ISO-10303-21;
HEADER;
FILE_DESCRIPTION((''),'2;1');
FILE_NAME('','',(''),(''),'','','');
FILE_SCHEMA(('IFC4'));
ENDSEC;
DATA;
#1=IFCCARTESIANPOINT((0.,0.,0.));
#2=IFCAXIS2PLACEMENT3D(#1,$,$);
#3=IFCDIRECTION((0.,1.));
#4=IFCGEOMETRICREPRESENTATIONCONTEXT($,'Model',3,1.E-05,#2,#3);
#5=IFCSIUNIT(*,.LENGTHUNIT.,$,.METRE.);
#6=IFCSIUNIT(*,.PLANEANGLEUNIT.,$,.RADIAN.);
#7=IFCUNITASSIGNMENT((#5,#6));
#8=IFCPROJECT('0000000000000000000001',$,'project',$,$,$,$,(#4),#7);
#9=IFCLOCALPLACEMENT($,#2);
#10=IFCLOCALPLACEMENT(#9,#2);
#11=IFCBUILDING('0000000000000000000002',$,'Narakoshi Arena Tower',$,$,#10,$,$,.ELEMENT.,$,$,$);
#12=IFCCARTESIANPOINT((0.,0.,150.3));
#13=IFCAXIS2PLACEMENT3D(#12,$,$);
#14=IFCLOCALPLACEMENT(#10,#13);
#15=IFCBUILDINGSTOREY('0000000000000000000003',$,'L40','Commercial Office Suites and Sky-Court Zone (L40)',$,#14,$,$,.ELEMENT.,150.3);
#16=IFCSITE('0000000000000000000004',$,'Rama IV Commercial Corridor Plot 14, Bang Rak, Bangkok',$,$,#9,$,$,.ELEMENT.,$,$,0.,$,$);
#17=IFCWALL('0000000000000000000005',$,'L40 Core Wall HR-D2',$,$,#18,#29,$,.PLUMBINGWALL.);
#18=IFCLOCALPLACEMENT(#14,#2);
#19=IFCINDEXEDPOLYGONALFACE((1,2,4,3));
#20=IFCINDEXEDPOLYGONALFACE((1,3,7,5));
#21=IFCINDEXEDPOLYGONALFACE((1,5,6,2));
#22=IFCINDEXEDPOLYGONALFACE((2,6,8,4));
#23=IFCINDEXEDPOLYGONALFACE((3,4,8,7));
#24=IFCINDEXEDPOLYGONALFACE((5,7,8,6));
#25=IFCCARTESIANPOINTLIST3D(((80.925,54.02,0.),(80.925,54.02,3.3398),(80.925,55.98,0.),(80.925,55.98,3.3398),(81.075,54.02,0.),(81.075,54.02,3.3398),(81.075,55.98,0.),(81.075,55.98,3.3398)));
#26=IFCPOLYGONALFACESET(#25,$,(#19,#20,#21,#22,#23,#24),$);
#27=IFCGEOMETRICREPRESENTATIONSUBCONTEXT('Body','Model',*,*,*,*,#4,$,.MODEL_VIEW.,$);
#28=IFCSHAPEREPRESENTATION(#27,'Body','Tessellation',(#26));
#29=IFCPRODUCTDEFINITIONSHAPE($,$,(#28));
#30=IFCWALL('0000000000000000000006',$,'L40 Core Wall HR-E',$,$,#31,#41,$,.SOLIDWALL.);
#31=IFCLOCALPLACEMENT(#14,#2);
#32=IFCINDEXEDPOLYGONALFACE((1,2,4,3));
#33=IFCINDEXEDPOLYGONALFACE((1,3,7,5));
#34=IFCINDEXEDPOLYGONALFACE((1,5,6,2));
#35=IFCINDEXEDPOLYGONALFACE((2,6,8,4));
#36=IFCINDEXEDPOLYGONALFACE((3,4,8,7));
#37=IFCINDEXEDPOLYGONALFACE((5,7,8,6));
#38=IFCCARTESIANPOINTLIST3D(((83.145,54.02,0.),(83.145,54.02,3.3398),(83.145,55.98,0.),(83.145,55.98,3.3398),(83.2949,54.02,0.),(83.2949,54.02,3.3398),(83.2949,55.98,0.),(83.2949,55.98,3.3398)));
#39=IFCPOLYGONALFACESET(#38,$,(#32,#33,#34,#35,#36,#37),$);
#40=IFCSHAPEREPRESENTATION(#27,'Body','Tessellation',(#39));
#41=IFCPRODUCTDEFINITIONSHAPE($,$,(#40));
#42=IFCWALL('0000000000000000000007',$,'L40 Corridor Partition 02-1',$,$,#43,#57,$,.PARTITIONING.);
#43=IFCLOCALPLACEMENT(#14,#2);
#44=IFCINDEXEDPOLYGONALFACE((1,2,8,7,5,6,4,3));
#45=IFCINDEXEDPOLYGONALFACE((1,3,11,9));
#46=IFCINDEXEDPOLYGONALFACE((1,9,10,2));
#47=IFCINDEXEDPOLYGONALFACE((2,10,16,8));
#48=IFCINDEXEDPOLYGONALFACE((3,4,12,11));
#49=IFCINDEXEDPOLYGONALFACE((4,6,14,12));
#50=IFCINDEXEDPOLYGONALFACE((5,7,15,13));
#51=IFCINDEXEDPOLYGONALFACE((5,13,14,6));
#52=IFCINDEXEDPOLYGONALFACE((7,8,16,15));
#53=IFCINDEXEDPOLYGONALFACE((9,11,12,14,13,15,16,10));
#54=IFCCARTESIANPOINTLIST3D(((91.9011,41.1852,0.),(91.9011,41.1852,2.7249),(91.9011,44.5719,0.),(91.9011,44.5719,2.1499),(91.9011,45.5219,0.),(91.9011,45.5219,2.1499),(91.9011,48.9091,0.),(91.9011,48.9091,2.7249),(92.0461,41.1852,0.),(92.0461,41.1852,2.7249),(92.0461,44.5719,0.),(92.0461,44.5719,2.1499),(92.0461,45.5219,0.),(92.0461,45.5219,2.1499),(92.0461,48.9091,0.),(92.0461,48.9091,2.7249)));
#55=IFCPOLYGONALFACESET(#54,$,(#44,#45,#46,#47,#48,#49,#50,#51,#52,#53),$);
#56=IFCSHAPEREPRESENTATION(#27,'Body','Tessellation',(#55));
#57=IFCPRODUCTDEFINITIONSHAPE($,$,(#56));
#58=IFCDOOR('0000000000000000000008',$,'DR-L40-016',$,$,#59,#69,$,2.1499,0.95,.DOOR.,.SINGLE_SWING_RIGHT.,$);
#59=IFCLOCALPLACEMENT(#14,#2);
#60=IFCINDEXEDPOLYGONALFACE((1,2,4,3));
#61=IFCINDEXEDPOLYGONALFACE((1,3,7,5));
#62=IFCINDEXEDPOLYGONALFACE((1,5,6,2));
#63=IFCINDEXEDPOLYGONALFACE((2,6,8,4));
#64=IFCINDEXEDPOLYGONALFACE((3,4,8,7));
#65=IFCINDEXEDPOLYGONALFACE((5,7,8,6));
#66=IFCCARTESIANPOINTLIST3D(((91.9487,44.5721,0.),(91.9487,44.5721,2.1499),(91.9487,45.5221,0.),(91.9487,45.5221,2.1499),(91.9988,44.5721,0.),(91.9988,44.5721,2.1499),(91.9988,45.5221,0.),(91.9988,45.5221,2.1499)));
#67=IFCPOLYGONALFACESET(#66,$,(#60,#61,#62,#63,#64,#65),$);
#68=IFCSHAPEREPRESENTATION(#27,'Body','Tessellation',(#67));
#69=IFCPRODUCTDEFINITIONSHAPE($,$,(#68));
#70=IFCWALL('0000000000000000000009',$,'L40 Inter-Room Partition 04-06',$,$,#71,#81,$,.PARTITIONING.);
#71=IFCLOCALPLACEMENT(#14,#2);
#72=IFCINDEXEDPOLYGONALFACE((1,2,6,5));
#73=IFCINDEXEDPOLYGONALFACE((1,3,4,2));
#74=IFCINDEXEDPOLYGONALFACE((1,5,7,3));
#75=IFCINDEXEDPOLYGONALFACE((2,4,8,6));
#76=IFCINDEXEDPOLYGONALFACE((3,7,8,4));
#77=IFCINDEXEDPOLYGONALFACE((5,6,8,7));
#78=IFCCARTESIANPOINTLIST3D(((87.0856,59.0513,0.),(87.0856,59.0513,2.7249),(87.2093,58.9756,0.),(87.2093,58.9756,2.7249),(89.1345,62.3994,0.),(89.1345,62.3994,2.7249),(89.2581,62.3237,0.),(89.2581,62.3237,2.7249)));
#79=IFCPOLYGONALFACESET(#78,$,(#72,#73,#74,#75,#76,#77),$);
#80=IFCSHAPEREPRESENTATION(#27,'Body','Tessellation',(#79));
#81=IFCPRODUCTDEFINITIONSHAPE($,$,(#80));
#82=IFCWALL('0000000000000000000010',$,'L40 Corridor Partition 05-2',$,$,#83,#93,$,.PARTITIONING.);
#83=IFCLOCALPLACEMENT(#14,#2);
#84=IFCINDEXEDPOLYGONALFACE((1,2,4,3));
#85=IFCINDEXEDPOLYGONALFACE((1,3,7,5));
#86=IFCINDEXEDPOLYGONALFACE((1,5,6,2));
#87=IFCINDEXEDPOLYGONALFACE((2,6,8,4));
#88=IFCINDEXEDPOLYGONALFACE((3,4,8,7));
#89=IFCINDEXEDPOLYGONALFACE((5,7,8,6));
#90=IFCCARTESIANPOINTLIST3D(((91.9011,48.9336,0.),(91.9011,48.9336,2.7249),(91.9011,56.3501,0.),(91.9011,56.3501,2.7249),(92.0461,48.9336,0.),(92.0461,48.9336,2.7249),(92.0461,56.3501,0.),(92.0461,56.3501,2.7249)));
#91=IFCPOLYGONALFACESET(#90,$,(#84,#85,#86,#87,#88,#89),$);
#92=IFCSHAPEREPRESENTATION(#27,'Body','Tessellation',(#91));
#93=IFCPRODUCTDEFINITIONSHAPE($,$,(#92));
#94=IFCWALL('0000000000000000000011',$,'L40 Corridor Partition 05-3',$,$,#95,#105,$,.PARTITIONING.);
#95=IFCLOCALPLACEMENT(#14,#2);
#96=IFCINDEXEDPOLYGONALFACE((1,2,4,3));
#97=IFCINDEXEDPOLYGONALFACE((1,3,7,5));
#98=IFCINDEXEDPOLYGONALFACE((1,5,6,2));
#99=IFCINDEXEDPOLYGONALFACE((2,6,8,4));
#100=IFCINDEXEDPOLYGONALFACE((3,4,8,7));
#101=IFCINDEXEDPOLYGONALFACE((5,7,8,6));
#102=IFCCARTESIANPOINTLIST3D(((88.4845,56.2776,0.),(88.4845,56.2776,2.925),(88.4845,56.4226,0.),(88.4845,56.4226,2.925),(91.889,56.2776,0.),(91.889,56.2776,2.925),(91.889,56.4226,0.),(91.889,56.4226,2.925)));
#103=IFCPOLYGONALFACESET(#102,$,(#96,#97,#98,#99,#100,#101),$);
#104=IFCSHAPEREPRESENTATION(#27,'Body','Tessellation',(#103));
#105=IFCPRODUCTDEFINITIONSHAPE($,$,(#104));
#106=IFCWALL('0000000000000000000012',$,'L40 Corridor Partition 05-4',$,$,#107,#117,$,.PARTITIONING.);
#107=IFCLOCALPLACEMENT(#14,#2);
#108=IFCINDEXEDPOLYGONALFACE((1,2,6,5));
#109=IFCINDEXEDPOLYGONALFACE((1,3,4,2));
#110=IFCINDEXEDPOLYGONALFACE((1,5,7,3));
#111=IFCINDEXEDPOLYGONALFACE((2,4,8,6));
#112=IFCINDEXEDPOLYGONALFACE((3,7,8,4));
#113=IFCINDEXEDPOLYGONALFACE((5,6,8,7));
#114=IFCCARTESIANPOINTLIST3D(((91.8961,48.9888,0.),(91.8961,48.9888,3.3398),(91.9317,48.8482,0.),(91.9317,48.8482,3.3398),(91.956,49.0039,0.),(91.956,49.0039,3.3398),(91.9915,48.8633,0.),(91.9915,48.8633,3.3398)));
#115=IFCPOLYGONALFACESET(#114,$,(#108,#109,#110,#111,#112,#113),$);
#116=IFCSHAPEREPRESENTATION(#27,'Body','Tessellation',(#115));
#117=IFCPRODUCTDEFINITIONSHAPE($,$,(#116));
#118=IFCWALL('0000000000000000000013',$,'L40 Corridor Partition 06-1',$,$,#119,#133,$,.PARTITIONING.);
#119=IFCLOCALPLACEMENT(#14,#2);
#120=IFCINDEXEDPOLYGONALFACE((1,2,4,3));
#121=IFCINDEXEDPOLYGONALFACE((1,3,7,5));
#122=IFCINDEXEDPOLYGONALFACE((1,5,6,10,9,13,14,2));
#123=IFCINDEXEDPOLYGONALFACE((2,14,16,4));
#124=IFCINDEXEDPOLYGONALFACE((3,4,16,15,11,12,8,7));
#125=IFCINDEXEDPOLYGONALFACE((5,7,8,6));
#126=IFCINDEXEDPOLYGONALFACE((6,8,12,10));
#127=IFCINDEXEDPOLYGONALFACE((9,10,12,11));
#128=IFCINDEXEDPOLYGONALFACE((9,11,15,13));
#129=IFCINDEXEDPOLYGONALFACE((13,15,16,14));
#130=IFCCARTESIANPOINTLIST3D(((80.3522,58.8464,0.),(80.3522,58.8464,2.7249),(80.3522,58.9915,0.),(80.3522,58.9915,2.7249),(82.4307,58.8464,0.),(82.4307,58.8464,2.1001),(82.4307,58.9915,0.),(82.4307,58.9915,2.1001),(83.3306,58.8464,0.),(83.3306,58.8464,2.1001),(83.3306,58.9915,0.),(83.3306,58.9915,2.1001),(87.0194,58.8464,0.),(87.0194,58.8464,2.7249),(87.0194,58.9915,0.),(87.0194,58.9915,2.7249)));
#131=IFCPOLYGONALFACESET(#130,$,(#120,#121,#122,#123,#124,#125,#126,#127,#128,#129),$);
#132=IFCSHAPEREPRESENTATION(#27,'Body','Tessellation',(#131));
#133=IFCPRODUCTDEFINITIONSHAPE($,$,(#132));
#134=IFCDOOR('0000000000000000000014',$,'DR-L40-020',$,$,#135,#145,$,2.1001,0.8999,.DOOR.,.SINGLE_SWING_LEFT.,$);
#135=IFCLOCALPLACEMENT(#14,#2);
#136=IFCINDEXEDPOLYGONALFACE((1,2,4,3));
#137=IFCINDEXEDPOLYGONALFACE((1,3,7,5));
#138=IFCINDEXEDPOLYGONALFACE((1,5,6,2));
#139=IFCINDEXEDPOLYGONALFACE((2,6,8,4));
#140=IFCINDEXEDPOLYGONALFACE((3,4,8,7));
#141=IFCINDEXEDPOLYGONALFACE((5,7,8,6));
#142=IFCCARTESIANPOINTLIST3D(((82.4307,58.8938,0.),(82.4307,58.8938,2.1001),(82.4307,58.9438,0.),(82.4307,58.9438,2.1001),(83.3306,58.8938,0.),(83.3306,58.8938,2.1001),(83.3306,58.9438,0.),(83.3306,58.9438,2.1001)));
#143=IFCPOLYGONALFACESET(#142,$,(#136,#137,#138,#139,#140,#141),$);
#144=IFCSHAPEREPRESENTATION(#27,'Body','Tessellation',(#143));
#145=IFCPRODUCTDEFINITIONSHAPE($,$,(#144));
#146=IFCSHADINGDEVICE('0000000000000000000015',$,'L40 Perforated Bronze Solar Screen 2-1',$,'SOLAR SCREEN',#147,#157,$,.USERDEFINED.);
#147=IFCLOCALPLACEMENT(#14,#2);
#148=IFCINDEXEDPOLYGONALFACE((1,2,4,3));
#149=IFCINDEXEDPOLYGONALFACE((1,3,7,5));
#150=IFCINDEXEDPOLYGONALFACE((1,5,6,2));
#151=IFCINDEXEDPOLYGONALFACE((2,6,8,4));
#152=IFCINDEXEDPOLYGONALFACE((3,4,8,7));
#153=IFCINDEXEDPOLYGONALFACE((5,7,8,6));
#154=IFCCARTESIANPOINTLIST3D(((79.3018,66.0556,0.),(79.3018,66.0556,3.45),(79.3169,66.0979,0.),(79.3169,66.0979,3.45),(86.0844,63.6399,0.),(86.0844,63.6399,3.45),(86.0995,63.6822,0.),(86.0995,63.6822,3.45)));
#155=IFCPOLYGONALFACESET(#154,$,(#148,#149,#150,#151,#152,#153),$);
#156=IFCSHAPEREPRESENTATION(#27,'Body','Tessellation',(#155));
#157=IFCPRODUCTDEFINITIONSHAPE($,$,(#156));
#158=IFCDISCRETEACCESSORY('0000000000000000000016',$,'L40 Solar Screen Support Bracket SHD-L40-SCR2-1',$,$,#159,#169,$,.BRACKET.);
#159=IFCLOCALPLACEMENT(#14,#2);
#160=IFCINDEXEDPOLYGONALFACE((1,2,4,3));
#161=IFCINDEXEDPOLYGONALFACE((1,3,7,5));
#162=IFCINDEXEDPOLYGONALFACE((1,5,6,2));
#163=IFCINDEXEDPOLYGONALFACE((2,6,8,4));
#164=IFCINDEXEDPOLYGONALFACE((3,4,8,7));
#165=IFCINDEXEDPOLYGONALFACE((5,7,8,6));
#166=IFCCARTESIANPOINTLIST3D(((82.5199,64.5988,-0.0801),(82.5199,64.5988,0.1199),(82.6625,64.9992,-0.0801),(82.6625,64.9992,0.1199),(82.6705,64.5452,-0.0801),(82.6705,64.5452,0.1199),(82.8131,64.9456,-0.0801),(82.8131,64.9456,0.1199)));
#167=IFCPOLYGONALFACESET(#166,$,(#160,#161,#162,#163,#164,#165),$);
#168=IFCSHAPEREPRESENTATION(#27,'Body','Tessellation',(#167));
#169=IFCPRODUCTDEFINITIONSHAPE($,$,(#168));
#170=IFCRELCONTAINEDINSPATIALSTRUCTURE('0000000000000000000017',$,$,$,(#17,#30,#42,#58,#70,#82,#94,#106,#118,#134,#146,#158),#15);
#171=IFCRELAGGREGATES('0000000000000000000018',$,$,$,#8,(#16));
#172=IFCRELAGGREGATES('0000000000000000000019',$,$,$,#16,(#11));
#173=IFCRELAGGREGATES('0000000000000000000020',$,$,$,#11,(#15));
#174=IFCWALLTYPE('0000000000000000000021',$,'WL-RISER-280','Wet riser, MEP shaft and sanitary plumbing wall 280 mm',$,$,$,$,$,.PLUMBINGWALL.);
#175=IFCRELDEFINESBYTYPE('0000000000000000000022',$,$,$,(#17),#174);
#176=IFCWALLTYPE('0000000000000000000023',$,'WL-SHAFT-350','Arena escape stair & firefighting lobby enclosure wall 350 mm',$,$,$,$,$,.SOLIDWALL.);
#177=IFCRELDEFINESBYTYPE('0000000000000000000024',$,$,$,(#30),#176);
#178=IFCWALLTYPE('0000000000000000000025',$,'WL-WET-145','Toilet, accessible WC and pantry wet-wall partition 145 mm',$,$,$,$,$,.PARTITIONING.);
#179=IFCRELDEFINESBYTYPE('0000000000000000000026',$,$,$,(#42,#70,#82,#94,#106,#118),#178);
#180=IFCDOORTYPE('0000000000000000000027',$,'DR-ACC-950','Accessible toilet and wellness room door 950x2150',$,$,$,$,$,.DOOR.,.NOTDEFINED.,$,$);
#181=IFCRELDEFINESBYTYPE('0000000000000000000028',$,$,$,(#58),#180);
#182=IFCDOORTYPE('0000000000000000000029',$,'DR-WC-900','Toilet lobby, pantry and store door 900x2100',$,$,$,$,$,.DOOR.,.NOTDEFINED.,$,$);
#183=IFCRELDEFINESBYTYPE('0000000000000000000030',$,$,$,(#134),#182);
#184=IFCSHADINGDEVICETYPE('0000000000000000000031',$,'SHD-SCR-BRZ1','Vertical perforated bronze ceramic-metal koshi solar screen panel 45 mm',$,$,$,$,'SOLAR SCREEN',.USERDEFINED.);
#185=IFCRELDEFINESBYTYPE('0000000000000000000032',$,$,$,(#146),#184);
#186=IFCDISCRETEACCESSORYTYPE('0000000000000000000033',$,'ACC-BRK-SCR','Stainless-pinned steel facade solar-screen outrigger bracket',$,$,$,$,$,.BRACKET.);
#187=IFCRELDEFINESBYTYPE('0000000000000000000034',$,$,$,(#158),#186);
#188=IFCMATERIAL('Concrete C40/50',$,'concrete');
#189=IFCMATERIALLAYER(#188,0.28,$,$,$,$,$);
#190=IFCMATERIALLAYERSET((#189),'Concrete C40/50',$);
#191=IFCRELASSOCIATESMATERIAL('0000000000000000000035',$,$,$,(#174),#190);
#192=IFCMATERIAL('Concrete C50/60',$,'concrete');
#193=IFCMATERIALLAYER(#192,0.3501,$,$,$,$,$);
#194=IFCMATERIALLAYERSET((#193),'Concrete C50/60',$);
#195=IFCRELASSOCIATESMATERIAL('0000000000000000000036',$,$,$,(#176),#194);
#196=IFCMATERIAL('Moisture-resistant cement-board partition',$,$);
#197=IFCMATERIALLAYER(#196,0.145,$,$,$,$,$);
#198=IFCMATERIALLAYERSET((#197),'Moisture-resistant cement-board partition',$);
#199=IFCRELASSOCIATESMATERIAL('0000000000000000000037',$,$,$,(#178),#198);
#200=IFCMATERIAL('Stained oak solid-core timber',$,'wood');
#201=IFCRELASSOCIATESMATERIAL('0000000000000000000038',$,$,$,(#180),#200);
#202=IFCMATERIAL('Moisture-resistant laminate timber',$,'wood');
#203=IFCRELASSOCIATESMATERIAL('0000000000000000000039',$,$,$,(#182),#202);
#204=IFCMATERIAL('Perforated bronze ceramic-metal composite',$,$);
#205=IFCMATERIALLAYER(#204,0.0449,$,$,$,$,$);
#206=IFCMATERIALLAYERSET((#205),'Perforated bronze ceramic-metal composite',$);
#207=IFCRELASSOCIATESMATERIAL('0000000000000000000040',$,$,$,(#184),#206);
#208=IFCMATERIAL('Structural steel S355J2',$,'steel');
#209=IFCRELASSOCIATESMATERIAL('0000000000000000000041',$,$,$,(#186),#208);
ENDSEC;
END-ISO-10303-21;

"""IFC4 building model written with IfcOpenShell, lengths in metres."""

from ifc_helpers import new_model, si_unit, direction, frame, frame_2d, origin, origin_2d, place, context, subcontext, project, spatial, rectangle, extrude, material, layer, layer_set, type_object, element, fill, save


model = new_model("IFC4")

# Units and contexts
model_context = context("Model", 3, precision=1e-05, world=origin(), true_north=direction((0.0, 1.0)))
body_context = subcontext(model_context, "Body", "Model", "MODEL_VIEW")
ifc_project = project(units=[si_unit("LENGTHUNIT", "METRE"), si_unit("PLANEANGLEUNIT", "RADIAN")], contexts=[model_context])

# Site, building, storey
site_placement = place(None, origin())
site = spatial("IfcSite", under=ifc_project, at=site_placement, Name="Rama IV Commercial Corridor Plot 14, Bang Rak, Bangkok", CompositionType="ELEMENT", RefElevation=0.0)
building_placement = place(site_placement, origin())
building = spatial("IfcBuilding", under=site, at=building_placement, Name="Narakoshi Arena Tower", CompositionType="ELEMENT")
storey_placement = place(building_placement, frame((0.0, 0.0, 150.3)))
storey = spatial("IfcBuildingStorey", under=building, at=storey_placement, Name="L40", Description="Commercial Office Suites and Sky-Court Zone (L40)", CompositionType="ELEMENT", Elevation=150.3)

# Shared definitions
ifc_material_1 = material(Name="Structural steel S355J2", Category="steel")

# Walls
ifc_material_2 = material(Name="Concrete C40/50", Category="concrete")
ifc_layer_1 = layer(ifc_material_2, 0.28)
ifc_layer_set_1 = layer_set([ifc_layer_1], Name="Concrete C40/50")
wall_type_1 = type_object("IfcWallType", Name="WL-RISER-280", Description="Wet riser, MEP shaft and sanitary plumbing wall 280 mm", PredefinedType="PLUMBINGWALL", material=ifc_layer_set_1)
wall_1_placement = place(storey_placement, frame((81.0, 54.02, 0.0), z_axis=(0.0, 0.0, 1.0), x_axis=(0.0, 1.0, 0.0)))
element("IfcWall", 1, at=wall_1_placement, inside=storey, type_object=wall_type_1, Name="L40 Core Wall HR-D2", PredefinedType="PLUMBINGWALL", context=body_context, shape_type="SweptSolid", body=[
    extrude(rectangle(XDim=1.96, YDim=0.1499, at=frame_2d((0.98, 0.0))), origin(), (0.0, 0.0, 1.0), 3.3398),
])
ifc_material_3 = material(Name="Concrete C50/60", Category="concrete")
ifc_layer_2 = layer(ifc_material_3, 0.3501)
ifc_layer_set_2 = layer_set([ifc_layer_2], Name="Concrete C50/60")
wall_type_2 = type_object("IfcWallType", Name="WL-SHAFT-350", Description="Arena escape stair & firefighting lobby enclosure wall 350 mm", PredefinedType="SOLIDWALL", material=ifc_layer_set_2)
wall_2_placement = place(storey_placement, frame((83.22, 54.02, 0.0), z_axis=(0.0, 0.0, 1.0), x_axis=(0.0, 1.0, 0.0)))
element("IfcWall", 2, at=wall_2_placement, inside=storey, type_object=wall_type_2, Name="L40 Core Wall HR-E", PredefinedType="SOLIDWALL", context=body_context, shape_type="SweptSolid", body=[
    extrude(rectangle(XDim=1.96, YDim=0.1499, at=frame_2d((0.98, 0.0))), origin(), (0.0, 0.0, 1.0), 3.3398),
])

# Wall, opening, door
ifc_material_4 = material(Name="Moisture-resistant cement-board partition")
ifc_layer_3 = layer(ifc_material_4, 0.145)
ifc_layer_set_3 = layer_set([ifc_layer_3], Name="Moisture-resistant cement-board partition")
wall_type_3 = type_object("IfcWallType", Name="WL-WET-145", Description="Toilet, accessible WC and pantry wet-wall partition 145 mm", PredefinedType="PARTITIONING", material=ifc_layer_set_3)
wall_3_placement = place(storey_placement, frame((91.9736, 48.9089, 0.0), z_axis=(0.0, 0.0, 1.0), x_axis=(0.0, -1.0, 0.0)))
wall_3 = element("IfcWall", 3, at=wall_3_placement, inside=storey, type_object=wall_type_3, Name="L40 Corridor Partition 02-1", PredefinedType="PARTITIONING", context=body_context, shape_type="SweptSolid", body=[
    extrude(rectangle(XDim=7.7239, YDim=0.145, at=frame_2d((3.8618, 0.0))), origin(), (0.0, 0.0, 1.0), 2.7249),
])
opening_1_placement = place(wall_3_placement, frame((3.387, 0.0, 0.0)))
opening_1 = element("IfcOpeningElement", 4, at=opening_1_placement, cuts=wall_3, PredefinedType="OPENING", context=body_context, shape_type="SweptSolid", body=[
    extrude(rectangle(XDim=0.95, YDim=2.1499, at=frame_2d((0.4751, 1.075))), frame((0.0, 0.0825, 0.0), z_axis=(0.0, -1.0, 0.0), x_axis=(1.0, 0.0, 0.0)), (0.0, 0.0, 1.0), 0.165),
])
ifc_material_5 = material(Name="Stained oak solid-core timber", Category="wood")
door_type_1 = type_object("IfcDoorType", Name="DR-ACC-950", Description="Accessible toilet and wellness room door 950x2150", OperationType="NOTDEFINED", PredefinedType="DOOR", material=ifc_material_5)
door_1_placement = place(opening_1_placement, frame((0.95, 0.0, 0.0), z_axis=(0.0, 0.0, 1.0), x_axis=(-1.0, 0.0, 0.0)))
door_1 = element("IfcDoor", 5, at=door_1_placement, inside=storey, type_object=door_type_1, Name="DR-L40-016", OperationType="SINGLE_SWING_RIGHT", OverallHeight=2.1499, OverallWidth=0.95, PredefinedType="DOOR", context=body_context, shape_type="SweptSolid", body=[
    extrude(rectangle(XDim=0.95, YDim=2.1499, at=frame_2d((0.4751, 1.075))), frame((0.0, 0.0249, 0.0), z_axis=(0.0, -1.0, 0.0), x_axis=(1.0, 0.0, 0.0)), (0.0, 0.0, 1.0), 0.05),
])
fill(opening_1, door_1)

# Walls
wall_4_placement = place(storey_placement, frame((87.1475, 59.0134, 0.0), z_axis=(0.0, 0.0, 1.0), x_axis=(0.521958, 0.852971, 0.0)))
element("IfcWall", 6, at=wall_4_placement, inside=storey, type_object=wall_type_3, Name="L40 Inter-Room Partition 04-06", PredefinedType="PARTITIONING", context=body_context, shape_type="SweptSolid", body=[
    extrude(rectangle(XDim=3.9253, YDim=0.145, at=frame_2d((1.9626, 0.0))), origin(), (0.0, 0.0, 1.0), 2.7249),
])
wall_5_placement = place(storey_placement, frame((91.9736, 56.3501, 0.0), z_axis=(0.0, 0.0, 1.0), x_axis=(0.0, -1.0, 0.0)))
element("IfcWall", 7, at=wall_5_placement, inside=storey, type_object=wall_type_3, Name="L40 Corridor Partition 05-2", PredefinedType="PARTITIONING", context=body_context, shape_type="SweptSolid", body=[
    extrude(rectangle(XDim=7.4165, YDim=0.145, at=frame_2d((3.7083, 0.0))), origin(), (0.0, 0.0, 1.0), 2.7249),
])
wall_6_placement = place(storey_placement, frame((88.4846, 56.3501, 0.0), z_axis=(0.0, 0.0, 1.0), x_axis=(1.0, 0.0, 0.0)))
element("IfcWall", 8, at=wall_6_placement, inside=storey, type_object=wall_type_3, Name="L40 Corridor Partition 05-3", PredefinedType="PARTITIONING", context=body_context, shape_type="SweptSolid", body=[
    extrude(rectangle(XDim=3.4045, YDim=0.145, at=frame_2d((1.7021, 0.0))), origin(), (0.0, 0.0, 1.0), 2.925),
])
wall_7_placement = place(storey_placement, frame((91.9736, 48.9336, 0.0), z_axis=(0.0, 0.0, 1.0), x_axis=(-0.96944, -0.245328, 0.0)))
element("IfcWall", 9, at=wall_7_placement, inside=storey, type_object=wall_type_3, Name="L40 Corridor Partition 05-4", PredefinedType="PARTITIONING", context=body_context, shape_type="SweptSolid", body=[
    extrude(rectangle(XDim=0.0618, YDim=0.145, at=frame_2d((0.0308, 0.0))), origin(), (0.0, 0.0, 1.0), 3.3398),
])

# Wall, opening, door
wall_8_placement = place(storey_placement, frame((87.0193, 58.9189, 0.0), z_axis=(0.0, 0.0, 1.0), x_axis=(-1.0, 0.0, 0.0)))
wall_8 = element("IfcWall", 10, at=wall_8_placement, inside=storey, type_object=wall_type_3, Name="L40 Corridor Partition 06-1", PredefinedType="PARTITIONING", context=body_context, shape_type="SweptSolid", body=[
    extrude(rectangle(XDim=6.6672, YDim=0.145, at=frame_2d((3.3335, 0.0))), origin(), (0.0, 0.0, 1.0), 2.7249),
])
opening_2_placement = place(wall_8_placement, frame((3.6887, 0.0, 0.0)))
opening_2 = element("IfcOpeningElement", 11, at=opening_2_placement, cuts=wall_8, PredefinedType="OPENING", context=body_context, shape_type="SweptSolid", body=[
    extrude(rectangle(XDim=0.8999, YDim=2.1001, at=frame_2d((0.45, 1.05))), frame((0.0, 0.0825, 0.0), z_axis=(0.0, -1.0, 0.0), x_axis=(1.0, 0.0, 0.0)), (0.0, 0.0, 1.0), 0.165),
])
ifc_material_6 = material(Name="Moisture-resistant laminate timber", Category="wood")
door_type_2 = type_object("IfcDoorType", Name="DR-WC-900", Description="Toilet lobby, pantry and store door 900x2100", OperationType="NOTDEFINED", PredefinedType="DOOR", material=ifc_material_6)
door_2_placement = place(opening_2_placement, frame((0.8999, 0.0, 0.0), z_axis=(0.0, 0.0, 1.0), x_axis=(-1.0, 0.0, 0.0)))
door_2 = element("IfcDoor", 12, at=door_2_placement, inside=storey, type_object=door_type_2, Name="DR-L40-020", OperationType="SINGLE_SWING_LEFT", OverallHeight=2.1001, OverallWidth=0.8999, PredefinedType="DOOR", context=body_context, shape_type="SweptSolid", body=[
    extrude(rectangle(XDim=0.8999, YDim=2.1001, at=frame_2d((0.45, 1.05))), frame((0.0, 0.0249, 0.0), z_axis=(0.0, -1.0, 0.0), x_axis=(1.0, 0.0, 0.0)), (0.0, 0.0, 1.0), 0.05),
])
fill(opening_2, door_2)

# Shading device
ifc_material_7 = material(Name="Perforated bronze ceramic-metal composite")
ifc_layer_4 = layer(ifc_material_7, 0.0449)
ifc_layer_set_4 = layer_set([ifc_layer_4], Name="Perforated bronze ceramic-metal composite")
shading_device_type = type_object("IfcShadingDeviceType", Name="SHD-SCR-BRZ1", Description="Vertical perforated bronze ceramic-metal koshi solar screen panel 45 mm", ElementType="SOLAR SCREEN", PredefinedType="USERDEFINED", material=ifc_layer_set_4)
shading_device_placement = place(storey_placement, frame((82.7007, 64.8689, 0.0), z_axis=(0.0, 0.0, 1.0), x_axis=(-0.942034, 0.335517, 0.0)))
element("IfcShadingDevice", 13, at=shading_device_placement, inside=storey, type_object=shading_device_type, Name="L40 Perforated Bronze Solar Screen 2-1", ObjectType="SOLAR SCREEN", PredefinedType="USERDEFINED", context=body_context, shape_type="SweptSolid", body=[
    extrude(rectangle(XDim=7.2, YDim=0.0449, at=origin_2d()), origin(), (0.0, 0.0, 1.0), 3.45),
])

# Discrete accessory
discrete_accessory_type = type_object("IfcDiscreteAccessoryType", Name="ACC-BRK-SCR", Description="Stainless-pinned steel facade solar-screen outrigger bracket", PredefinedType="BRACKET", material=ifc_material_1)
discrete_accessory_placement = place(storey_placement, frame((82.6665, 64.7722, -0.0801), z_axis=(0.0, 0.0, 1.0), x_axis=(-0.942034, 0.335517, 0.0)))
element("IfcDiscreteAccessory", 14, at=discrete_accessory_placement, inside=storey, type_object=discrete_accessory_type, Name="L40 Solar Screen Support Bracket SHD-L40-SCR2-1", PredefinedType="BRACKET", context=body_context, shape_type="SweptSolid", body=[
    extrude(rectangle(XDim=0.1599, YDim=0.425, at=origin_2d()), origin(), (0.0, 0.0, 1.0), 0.2),
])

save(model, "model.ifc")
